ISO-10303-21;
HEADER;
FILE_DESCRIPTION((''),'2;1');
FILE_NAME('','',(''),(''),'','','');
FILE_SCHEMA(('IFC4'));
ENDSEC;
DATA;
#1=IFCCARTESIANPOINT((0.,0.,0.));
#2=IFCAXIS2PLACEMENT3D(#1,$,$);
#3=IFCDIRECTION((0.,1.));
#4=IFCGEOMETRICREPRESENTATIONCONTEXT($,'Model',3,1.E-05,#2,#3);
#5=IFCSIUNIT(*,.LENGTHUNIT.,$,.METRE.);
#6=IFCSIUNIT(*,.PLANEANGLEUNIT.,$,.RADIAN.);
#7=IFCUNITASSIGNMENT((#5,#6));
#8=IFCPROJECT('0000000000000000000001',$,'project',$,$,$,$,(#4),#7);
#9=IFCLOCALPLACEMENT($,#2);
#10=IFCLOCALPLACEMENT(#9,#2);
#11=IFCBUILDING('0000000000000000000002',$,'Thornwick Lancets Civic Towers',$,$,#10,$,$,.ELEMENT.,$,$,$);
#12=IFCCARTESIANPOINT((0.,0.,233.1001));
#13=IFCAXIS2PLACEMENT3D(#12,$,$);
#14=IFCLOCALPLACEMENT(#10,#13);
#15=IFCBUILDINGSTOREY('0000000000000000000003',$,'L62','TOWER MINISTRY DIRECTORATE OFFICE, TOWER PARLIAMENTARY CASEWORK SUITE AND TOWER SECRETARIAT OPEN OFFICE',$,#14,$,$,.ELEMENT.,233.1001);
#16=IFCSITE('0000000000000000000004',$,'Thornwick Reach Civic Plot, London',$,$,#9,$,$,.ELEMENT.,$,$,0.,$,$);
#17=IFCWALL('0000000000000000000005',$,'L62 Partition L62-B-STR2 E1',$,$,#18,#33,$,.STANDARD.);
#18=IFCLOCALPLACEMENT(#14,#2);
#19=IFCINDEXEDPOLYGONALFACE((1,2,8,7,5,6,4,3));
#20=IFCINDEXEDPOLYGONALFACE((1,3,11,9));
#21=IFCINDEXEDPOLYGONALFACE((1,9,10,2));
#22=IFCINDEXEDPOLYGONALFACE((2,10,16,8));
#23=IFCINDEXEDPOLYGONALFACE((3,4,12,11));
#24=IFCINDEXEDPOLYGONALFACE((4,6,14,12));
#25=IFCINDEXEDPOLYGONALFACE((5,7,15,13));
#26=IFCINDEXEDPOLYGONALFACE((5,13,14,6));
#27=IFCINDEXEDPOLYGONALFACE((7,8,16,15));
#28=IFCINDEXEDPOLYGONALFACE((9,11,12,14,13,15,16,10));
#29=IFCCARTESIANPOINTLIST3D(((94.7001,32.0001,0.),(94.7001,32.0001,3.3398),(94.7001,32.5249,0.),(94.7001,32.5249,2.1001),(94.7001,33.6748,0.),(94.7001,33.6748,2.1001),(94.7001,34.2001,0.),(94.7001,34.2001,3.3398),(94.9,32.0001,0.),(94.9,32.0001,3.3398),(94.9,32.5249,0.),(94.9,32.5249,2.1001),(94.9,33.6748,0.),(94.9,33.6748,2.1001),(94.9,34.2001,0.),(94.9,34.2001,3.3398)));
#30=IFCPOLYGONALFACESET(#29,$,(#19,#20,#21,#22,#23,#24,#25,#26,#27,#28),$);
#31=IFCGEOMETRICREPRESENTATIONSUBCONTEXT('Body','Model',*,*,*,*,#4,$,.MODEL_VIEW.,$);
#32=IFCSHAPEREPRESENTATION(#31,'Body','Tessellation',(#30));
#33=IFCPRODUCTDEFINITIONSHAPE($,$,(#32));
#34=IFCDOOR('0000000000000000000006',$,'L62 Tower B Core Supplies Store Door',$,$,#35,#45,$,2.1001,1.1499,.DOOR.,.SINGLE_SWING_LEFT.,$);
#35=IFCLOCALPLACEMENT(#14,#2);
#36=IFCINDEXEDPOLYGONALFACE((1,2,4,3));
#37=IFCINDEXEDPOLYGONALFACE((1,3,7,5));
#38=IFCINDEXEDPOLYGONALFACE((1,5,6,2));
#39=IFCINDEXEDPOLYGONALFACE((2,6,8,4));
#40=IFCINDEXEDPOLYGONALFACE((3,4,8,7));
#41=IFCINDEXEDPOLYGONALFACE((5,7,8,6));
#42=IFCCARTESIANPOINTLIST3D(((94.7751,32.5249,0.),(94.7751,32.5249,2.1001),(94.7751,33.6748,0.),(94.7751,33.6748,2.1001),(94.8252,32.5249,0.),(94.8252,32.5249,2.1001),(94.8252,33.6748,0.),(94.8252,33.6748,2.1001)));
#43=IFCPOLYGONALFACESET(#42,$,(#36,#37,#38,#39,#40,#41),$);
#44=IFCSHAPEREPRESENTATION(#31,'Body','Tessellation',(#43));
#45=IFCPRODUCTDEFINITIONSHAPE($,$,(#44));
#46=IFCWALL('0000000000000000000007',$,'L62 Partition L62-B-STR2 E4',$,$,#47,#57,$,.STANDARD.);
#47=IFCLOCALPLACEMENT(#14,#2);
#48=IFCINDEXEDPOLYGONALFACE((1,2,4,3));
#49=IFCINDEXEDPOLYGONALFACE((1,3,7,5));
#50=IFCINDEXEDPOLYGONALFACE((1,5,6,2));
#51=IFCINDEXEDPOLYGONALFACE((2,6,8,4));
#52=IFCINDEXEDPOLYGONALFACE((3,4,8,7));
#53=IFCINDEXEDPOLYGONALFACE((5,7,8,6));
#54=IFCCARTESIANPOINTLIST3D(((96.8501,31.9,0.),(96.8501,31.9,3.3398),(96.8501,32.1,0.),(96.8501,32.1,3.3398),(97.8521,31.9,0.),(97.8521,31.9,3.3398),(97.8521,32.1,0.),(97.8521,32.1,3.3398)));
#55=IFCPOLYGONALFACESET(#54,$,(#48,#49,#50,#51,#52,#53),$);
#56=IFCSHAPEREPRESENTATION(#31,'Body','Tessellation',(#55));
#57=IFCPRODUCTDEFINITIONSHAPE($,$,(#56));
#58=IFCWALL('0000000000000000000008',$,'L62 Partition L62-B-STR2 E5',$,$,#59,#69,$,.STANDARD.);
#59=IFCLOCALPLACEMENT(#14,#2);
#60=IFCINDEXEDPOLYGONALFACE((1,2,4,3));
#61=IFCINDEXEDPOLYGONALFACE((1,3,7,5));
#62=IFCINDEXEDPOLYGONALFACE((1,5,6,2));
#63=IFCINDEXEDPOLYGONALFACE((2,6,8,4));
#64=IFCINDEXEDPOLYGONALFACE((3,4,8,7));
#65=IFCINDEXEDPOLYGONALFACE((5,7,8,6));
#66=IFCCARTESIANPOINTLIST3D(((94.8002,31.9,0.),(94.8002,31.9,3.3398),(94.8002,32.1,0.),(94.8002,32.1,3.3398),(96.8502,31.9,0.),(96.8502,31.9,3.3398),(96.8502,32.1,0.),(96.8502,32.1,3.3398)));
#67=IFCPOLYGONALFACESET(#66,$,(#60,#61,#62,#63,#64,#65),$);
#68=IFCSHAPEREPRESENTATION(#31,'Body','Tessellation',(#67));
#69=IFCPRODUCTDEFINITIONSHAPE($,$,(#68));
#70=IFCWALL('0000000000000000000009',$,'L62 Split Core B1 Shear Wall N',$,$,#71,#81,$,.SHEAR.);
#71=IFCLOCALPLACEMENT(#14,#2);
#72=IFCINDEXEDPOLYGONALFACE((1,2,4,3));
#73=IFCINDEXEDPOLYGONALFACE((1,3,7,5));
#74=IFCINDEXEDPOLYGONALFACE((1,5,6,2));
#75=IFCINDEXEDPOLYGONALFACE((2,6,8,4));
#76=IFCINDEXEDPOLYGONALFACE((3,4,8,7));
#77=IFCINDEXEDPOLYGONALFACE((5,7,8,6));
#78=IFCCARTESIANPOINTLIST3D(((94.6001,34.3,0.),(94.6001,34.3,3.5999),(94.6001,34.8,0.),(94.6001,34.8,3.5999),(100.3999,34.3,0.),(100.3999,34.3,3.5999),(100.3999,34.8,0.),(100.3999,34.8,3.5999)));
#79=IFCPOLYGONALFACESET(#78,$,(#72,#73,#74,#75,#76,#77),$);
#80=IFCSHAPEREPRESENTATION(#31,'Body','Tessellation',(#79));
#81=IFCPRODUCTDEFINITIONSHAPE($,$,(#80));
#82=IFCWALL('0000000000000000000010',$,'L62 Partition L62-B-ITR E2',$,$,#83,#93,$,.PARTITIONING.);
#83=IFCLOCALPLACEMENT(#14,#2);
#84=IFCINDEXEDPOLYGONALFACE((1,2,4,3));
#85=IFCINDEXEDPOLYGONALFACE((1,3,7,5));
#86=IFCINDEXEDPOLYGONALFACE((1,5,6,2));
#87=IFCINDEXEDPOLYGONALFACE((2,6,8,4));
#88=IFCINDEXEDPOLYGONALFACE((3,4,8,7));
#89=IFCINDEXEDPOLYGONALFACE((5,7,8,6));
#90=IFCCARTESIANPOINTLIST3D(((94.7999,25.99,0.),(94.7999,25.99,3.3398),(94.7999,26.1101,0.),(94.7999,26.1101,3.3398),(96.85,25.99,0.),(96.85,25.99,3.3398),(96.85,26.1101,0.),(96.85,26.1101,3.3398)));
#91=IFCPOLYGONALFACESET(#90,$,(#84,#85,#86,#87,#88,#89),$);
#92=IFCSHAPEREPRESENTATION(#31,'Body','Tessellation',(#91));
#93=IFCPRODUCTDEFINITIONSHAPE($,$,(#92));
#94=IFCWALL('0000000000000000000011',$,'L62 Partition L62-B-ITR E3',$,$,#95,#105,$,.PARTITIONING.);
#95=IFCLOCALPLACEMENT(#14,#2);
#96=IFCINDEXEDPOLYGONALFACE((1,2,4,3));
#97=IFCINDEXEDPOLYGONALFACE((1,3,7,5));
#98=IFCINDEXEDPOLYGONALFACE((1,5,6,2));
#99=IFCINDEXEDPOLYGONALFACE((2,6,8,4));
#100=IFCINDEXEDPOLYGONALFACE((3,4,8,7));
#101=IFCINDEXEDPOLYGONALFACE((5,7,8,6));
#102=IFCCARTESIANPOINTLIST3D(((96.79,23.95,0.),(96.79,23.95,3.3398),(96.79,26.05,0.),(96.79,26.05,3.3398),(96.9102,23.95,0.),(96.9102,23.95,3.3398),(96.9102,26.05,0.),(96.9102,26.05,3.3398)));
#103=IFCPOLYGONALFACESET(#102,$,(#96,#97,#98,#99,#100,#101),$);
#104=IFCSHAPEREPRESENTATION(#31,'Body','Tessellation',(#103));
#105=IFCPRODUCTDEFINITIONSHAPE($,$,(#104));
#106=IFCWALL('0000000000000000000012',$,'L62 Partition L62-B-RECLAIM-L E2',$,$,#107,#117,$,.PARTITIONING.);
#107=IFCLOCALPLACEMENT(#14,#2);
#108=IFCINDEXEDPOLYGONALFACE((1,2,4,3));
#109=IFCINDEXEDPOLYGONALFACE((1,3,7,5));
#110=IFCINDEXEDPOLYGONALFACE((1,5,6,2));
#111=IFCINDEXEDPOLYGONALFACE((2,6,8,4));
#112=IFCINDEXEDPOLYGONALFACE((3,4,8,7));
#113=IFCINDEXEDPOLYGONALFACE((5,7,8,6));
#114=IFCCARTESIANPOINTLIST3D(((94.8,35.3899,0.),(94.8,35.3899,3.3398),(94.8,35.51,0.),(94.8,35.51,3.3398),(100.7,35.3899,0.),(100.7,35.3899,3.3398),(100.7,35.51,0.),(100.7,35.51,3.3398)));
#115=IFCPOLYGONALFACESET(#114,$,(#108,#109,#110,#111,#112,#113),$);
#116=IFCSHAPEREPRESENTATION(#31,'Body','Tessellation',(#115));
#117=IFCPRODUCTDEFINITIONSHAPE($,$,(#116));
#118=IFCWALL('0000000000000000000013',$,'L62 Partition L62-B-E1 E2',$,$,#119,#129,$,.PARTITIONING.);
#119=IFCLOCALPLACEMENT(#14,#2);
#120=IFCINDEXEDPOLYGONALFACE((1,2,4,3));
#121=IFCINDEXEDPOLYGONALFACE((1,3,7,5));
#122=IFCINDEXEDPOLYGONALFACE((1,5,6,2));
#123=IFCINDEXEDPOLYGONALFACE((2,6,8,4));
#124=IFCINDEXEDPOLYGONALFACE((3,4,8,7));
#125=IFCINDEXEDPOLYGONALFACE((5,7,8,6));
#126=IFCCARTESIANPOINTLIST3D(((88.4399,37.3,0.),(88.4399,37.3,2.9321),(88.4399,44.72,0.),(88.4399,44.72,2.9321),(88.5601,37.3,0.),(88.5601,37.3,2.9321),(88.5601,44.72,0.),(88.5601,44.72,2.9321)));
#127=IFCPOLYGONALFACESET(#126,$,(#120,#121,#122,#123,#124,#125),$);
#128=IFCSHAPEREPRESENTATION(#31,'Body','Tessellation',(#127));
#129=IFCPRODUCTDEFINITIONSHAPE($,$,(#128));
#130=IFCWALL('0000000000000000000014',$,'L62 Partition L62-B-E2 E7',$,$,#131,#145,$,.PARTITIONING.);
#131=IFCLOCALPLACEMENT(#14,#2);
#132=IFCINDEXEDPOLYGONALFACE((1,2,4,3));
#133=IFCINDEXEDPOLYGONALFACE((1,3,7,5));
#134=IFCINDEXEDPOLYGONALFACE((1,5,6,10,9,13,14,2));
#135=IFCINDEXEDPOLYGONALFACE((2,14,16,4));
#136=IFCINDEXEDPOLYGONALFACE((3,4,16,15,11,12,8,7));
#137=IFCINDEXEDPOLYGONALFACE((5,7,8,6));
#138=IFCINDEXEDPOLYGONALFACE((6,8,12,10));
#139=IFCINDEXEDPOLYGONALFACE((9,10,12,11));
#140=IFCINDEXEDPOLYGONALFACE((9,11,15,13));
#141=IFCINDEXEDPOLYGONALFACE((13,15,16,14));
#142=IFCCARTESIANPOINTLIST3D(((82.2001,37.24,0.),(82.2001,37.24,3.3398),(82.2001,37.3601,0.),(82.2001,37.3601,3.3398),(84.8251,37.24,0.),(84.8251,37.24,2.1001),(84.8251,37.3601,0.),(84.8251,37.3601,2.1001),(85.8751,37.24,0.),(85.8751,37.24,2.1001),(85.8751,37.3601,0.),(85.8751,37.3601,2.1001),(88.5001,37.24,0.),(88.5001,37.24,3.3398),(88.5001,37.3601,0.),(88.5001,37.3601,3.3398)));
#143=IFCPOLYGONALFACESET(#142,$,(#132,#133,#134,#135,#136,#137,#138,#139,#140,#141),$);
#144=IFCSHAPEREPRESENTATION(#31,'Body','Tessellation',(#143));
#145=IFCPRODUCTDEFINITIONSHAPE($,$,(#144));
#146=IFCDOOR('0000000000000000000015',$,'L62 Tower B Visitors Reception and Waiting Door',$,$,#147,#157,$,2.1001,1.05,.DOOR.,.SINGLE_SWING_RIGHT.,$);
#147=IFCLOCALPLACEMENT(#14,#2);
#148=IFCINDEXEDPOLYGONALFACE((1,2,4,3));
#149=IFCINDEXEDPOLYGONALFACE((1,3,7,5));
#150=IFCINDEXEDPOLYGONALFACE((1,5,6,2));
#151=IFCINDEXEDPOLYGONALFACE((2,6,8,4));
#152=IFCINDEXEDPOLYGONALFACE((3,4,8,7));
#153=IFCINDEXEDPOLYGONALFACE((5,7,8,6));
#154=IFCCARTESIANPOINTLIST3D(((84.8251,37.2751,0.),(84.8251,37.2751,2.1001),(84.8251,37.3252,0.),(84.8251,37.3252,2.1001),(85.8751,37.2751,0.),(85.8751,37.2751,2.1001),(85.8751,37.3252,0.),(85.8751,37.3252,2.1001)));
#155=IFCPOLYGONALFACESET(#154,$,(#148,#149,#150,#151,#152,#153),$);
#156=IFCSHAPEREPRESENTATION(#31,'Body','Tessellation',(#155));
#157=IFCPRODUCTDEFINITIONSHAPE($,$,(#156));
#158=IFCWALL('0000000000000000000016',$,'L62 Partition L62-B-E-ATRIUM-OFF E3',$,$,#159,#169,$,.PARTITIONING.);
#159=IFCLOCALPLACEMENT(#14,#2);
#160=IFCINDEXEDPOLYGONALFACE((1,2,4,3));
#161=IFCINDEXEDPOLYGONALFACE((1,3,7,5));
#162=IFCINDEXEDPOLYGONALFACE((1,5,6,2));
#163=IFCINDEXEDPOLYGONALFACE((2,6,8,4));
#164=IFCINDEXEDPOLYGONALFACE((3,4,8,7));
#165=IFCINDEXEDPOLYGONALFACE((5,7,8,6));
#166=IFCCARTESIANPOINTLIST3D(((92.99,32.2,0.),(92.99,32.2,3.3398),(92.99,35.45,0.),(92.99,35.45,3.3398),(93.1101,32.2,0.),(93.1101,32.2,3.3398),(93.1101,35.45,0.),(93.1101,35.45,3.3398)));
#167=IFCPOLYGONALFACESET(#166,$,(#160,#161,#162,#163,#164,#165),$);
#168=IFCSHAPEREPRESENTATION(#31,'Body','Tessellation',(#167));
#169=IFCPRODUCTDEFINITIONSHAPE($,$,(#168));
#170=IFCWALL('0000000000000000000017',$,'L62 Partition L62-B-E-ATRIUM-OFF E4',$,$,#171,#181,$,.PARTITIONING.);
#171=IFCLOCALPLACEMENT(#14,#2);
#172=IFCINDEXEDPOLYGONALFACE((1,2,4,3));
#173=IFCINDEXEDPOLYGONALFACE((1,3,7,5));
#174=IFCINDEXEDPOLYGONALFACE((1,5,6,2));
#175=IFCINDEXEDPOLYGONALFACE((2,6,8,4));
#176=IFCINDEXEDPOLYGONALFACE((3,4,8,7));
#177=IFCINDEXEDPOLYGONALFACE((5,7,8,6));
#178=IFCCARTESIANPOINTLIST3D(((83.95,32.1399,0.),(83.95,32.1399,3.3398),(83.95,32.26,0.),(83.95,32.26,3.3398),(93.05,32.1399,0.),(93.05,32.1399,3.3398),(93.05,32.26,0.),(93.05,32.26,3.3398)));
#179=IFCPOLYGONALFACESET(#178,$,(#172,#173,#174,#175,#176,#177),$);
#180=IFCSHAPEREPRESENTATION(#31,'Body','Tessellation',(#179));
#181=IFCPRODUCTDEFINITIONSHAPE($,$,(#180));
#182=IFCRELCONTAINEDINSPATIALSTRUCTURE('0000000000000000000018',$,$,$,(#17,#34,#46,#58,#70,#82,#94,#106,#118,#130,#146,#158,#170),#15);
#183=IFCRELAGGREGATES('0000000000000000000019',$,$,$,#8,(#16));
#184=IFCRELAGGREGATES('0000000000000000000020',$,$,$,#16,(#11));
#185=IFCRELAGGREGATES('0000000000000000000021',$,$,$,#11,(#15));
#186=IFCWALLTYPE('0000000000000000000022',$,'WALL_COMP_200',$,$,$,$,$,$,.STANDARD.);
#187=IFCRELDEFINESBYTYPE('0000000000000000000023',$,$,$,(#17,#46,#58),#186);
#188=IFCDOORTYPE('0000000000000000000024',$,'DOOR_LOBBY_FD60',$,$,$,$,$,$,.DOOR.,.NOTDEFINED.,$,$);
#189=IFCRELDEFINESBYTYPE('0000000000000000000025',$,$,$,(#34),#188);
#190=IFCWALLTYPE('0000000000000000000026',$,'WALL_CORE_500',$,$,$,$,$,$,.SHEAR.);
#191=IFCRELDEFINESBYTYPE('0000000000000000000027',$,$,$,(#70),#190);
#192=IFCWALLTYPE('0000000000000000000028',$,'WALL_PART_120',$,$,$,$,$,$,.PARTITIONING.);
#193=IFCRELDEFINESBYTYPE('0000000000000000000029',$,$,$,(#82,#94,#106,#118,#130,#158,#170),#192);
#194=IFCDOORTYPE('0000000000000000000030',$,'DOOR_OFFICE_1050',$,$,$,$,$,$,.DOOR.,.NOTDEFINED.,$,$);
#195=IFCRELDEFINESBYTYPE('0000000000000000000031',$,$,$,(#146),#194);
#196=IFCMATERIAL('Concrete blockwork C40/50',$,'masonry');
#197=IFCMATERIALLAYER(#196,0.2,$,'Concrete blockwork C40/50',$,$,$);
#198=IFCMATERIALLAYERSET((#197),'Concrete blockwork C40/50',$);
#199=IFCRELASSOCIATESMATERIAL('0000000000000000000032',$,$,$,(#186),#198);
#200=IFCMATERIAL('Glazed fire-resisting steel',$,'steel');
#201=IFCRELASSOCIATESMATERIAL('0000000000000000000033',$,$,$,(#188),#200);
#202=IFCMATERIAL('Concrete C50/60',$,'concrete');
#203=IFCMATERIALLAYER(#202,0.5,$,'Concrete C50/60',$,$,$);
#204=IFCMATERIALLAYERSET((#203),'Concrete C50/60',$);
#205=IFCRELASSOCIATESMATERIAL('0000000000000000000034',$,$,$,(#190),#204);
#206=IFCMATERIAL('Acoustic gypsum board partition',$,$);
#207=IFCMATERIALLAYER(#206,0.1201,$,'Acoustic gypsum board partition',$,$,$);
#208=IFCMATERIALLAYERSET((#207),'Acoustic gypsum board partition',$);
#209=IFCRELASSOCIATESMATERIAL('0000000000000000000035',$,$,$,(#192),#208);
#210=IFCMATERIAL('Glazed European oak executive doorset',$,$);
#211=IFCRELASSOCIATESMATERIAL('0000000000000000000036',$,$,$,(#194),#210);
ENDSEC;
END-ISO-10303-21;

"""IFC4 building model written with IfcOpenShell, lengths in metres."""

from ifc_helpers import new_model, si_unit, direction, frame, frame_2d, origin, place, context, subcontext, project, spatial, rectangle, extrude, material, layer, layer_set, type_object, element, fill, save


model = new_model("IFC4")

# Units and contexts
model_context = context("Model", 3, precision=1e-05, world=origin(), true_north=direction((0.0, 1.0)))
body_context = subcontext(model_context, "Body", "Model", "MODEL_VIEW")
ifc_project = project(units=[si_unit("LENGTHUNIT", "METRE"), si_unit("PLANEANGLEUNIT", "RADIAN")], contexts=[model_context])

# Site, building, storey
site_placement = place(None, origin())
site = spatial("IfcSite", under=ifc_project, at=site_placement, Name="Thornwick Reach Civic Plot, London", CompositionType="ELEMENT", RefElevation=0.0)
building_placement = place(site_placement, origin())
building = spatial("IfcBuilding", under=site, at=building_placement, Name="Thornwick Lancets Civic Towers", CompositionType="ELEMENT")
storey_placement = place(building_placement, frame((0.0, 0.0, 233.1001)))
storey = spatial("IfcBuildingStorey", under=building, at=storey_placement, Name="L62", Description="TOWER MINISTRY DIRECTORATE OFFICE, TOWER PARLIAMENTARY CASEWORK SUITE AND TOWER SECRETARIAT OPEN OFFICE", CompositionType="ELEMENT", Elevation=233.1001)

# Shared definitions
ifc_material_1 = material(Name="Concrete C50/60", Category="concrete")

# Shared definitions
ifc_material_2 = material(Name="Concrete blockwork C40/50", Category="masonry")
ifc_layer_1 = layer(ifc_material_2, 0.2, Name="Concrete blockwork C40/50")
ifc_layer_set_1 = layer_set([ifc_layer_1], Name="Concrete blockwork C40/50")
wall_type_1 = type_object("IfcWallType", Name="WALL_COMP_200", PredefinedType="STANDARD", material=ifc_layer_set_1)

# Wall, opening, door
wall_1_placement = place(storey_placement, frame((94.8, 32.0, 0.0), z_axis=(0.0, 0.0, 1.0), x_axis=(0.0, 1.0, 0.0)))
wall_1 = element("IfcWall", 1, at=wall_1_placement, inside=storey, type_object=wall_type_1, Name="L62 Partition L62-B-STR2 E1", PredefinedType="STANDARD", context=body_context, shape_type="SweptSolid", body=[
    extrude(rectangle(XDim=2.2, YDim=0.2, at=frame_2d((1.1001, 0.0))), origin(), (0.0, 0.0, 1.0), 3.3398),
])
opening_1_placement = place(wall_1_placement, frame((0.5249, 0.0, 0.0)))
opening_1 = element("IfcOpeningElement", 2, at=opening_1_placement, cuts=wall_1, PredefinedType="OPENING", context=body_context, shape_type="SweptSolid", body=[
    extrude(rectangle(XDim=1.1499, YDim=2.1001, at=frame_2d((0.575, 1.05))), frame((0.0, 0.1099, 0.0), z_axis=(0.0, -1.0, 0.0), x_axis=(1.0, 0.0, 0.0)), (0.0, 0.0, 1.0), 0.22),
])
ifc_material_3 = material(Name="Glazed fire-resisting steel", Category="steel")
door_type_1 = type_object("IfcDoorType", Name="DOOR_LOBBY_FD60", OperationType="NOTDEFINED", PredefinedType="DOOR", material=ifc_material_3)
door_1_placement = place(opening_1_placement, origin())
door_1 = element("IfcDoor", 3, at=door_1_placement, inside=storey, type_object=door_type_1, Name="L62 Tower B Core Supplies Store Door", OperationType="SINGLE_SWING_LEFT", OverallHeight=2.1001, OverallWidth=1.1499, PredefinedType="DOOR", context=body_context, shape_type="SweptSolid", body=[
    extrude(rectangle(XDim=1.1499, YDim=2.1001, at=frame_2d((0.575, 1.05))), frame((0.0, 0.0249, 0.0), z_axis=(0.0, -1.0, 0.0), x_axis=(1.0, 0.0, 0.0)), (0.0, 0.0, 1.0), 0.05),
])
fill(opening_1, door_1)

# Walls
wall_2_placement = place(storey_placement, frame((97.8521, 32.0, 0.0), z_axis=(0.0, 0.0, 1.0), x_axis=(-1.0, 0.0, 0.0)))
element("IfcWall", 4, at=wall_2_placement, inside=storey, type_object=wall_type_1, Name="L62 Partition L62-B-STR2 E4", PredefinedType="STANDARD", context=body_context, shape_type="SweptSolid", body=[
    extrude(rectangle(XDim=1.002, YDim=0.2, at=frame_2d((0.501, 0.0))), origin(), (0.0, 0.0, 1.0), 3.3398),
])
wall_3_placement = place(storey_placement, frame((96.8501, 32.0, 0.0), z_axis=(0.0, 0.0, 1.0), x_axis=(-1.0, 0.0, 0.0)))
element("IfcWall", 5, at=wall_3_placement, inside=storey, type_object=wall_type_1, Name="L62 Partition L62-B-STR2 E5", PredefinedType="STANDARD", context=body_context, shape_type="SweptSolid", body=[
    extrude(rectangle(XDim=2.05, YDim=0.2, at=frame_2d((1.0249, 0.0))), origin(), (0.0, 0.0, 1.0), 3.3398),
])
ifc_layer_2 = layer(ifc_material_1, 0.5, Name="Concrete C50/60")
ifc_layer_set_2 = layer_set([ifc_layer_2], Name="Concrete C50/60")
wall_type_2 = type_object("IfcWallType", Name="WALL_CORE_500", PredefinedType="SHEAR", material=ifc_layer_set_2)
wall_4_placement = place(storey_placement, frame((94.6001, 34.55, 0.0), z_axis=(0.0, 0.0, 1.0), x_axis=(1.0, 0.0, 0.0)))
element("IfcWall", 6, at=wall_4_placement, inside=storey, type_object=wall_type_2, Name="L62 Split Core B1 Shear Wall N", PredefinedType="SHEAR", context=body_context, shape_type="SweptSolid", body=[
    extrude(rectangle(XDim=5.7998, YDim=0.5, at=frame_2d((2.8999, 0.0))), origin(), (0.0, 0.0, 1.0), 3.5999),
])
ifc_material_4 = material(Name="Acoustic gypsum board partition")
ifc_layer_3 = layer(ifc_material_4, 0.1201, Name="Acoustic gypsum board partition")
ifc_layer_set_3 = layer_set([ifc_layer_3], Name="Acoustic gypsum board partition")
wall_type_3 = type_object("IfcWallType", Name="WALL_PART_120", PredefinedType="PARTITIONING", material=ifc_layer_set_3)
wall_5_placement = place(storey_placement, frame((94.8, 26.05, 0.0), z_axis=(0.0, 0.0, 1.0), x_axis=(1.0, 0.0, 0.0)))
element("IfcWall", 7, at=wall_5_placement, inside=storey, type_object=wall_type_3, Name="L62 Partition L62-B-ITR E2", PredefinedType="PARTITIONING", context=body_context, shape_type="SweptSolid", body=[
    extrude(rectangle(XDim=2.05, YDim=0.1201, at=frame_2d((1.0249, 0.0))), origin(), (0.0, 0.0, 1.0), 3.3398),
])
wall_6_placement = place(storey_placement, frame((96.8501, 26.05, 0.0), z_axis=(0.0, 0.0, 1.0), x_axis=(0.0, -1.0, 0.0)))
element("IfcWall", 8, at=wall_6_placement, inside=storey, type_object=wall_type_3, Name="L62 Partition L62-B-ITR E3", PredefinedType="PARTITIONING", context=body_context, shape_type="SweptSolid", body=[
    extrude(rectangle(XDim=2.1001, YDim=0.1201, at=frame_2d((1.05, 0.0))), origin(), (0.0, 0.0, 1.0), 3.3398),
])
wall_7_placement = place(storey_placement, frame((94.8, 35.45, 0.0), z_axis=(0.0, 0.0, 1.0), x_axis=(1.0, 0.0, 0.0)))
element("IfcWall", 9, at=wall_7_placement, inside=storey, type_object=wall_type_3, Name="L62 Partition L62-B-RECLAIM-L E2", PredefinedType="PARTITIONING", context=body_context, shape_type="SweptSolid", body=[
    extrude(rectangle(XDim=5.8999, YDim=0.1201, at=frame_2d((2.95, 0.0))), origin(), (0.0, 0.0, 1.0), 3.3398),
])
wall_8_placement = place(storey_placement, frame((88.5, 37.3, 0.0), z_axis=(0.0, 0.0, 1.0), x_axis=(0.0, 1.0, 0.0)))
element("IfcWall", 10, at=wall_8_placement, inside=storey, type_object=wall_type_3, Name="L62 Partition L62-B-E1 E2", PredefinedType="PARTITIONING", context=body_context, shape_type="SweptSolid", body=[
    extrude(rectangle(XDim=7.4199, YDim=0.1201, at=frame_2d((3.71, 0.0))), origin(), (0.0, 0.0, 1.0), 2.9321),
])

# Wall, opening, door
wall_9_placement = place(storey_placement, frame((88.5, 37.3, 0.0), z_axis=(0.0, 0.0, 1.0), x_axis=(-1.0, 0.0, 0.0)))
wall_9 = element("IfcWall", 11, at=wall_9_placement, inside=storey, type_object=wall_type_3, Name="L62 Partition L62-B-E2 E7", PredefinedType="PARTITIONING", context=body_context, shape_type="SweptSolid", body=[
    extrude(rectangle(XDim=6.3, YDim=0.1201, at=frame_2d((3.1499, 0.0))), origin(), (0.0, 0.0, 1.0), 3.3398),
])
opening_2_placement = place(wall_9_placement, frame((2.625, 0.0, 0.0)))
opening_2 = element("IfcOpeningElement", 12, at=opening_2_placement, cuts=wall_9, PredefinedType="OPENING", context=body_context, shape_type="SweptSolid", body=[
    extrude(rectangle(XDim=1.05, YDim=2.1001, at=frame_2d((0.5249, 1.05))), frame((0.0, 0.0701, 0.0), z_axis=(0.0, -1.0, 0.0), x_axis=(1.0, 0.0, 0.0)), (0.0, 0.0, 1.0), 0.1401),
])
ifc_material_5 = material(Name="Glazed European oak executive doorset")
door_type_2 = type_object("IfcDoorType", Name="DOOR_OFFICE_1050", OperationType="NOTDEFINED", PredefinedType="DOOR", material=ifc_material_5)
door_2_placement = place(opening_2_placement, origin())
door_2 = element("IfcDoor", 13, at=door_2_placement, inside=storey, type_object=door_type_2, Name="L62 Tower B Visitors Reception and Waiting Door", OperationType="SINGLE_SWING_RIGHT", OverallHeight=2.1001, OverallWidth=1.05, PredefinedType="DOOR", context=body_context, shape_type="SweptSolid", body=[
    extrude(rectangle(XDim=1.05, YDim=2.1001, at=frame_2d((0.5249, 1.05))), frame((0.0, 0.0249, 0.0), z_axis=(0.0, -1.0, 0.0), x_axis=(1.0, 0.0, 0.0)), (0.0, 0.0, 1.0), 0.05),
])
fill(opening_2, door_2)

# Walls
wall_10_placement = place(storey_placement, frame((93.05, 35.45, 0.0), z_axis=(0.0, 0.0, 1.0), x_axis=(0.0, -1.0, 0.0)))
element("IfcWall", 14, at=wall_10_placement, inside=storey, type_object=wall_type_3, Name="L62 Partition L62-B-E-ATRIUM-OFF E3", PredefinedType="PARTITIONING", context=body_context, shape_type="SweptSolid", body=[
    extrude(rectangle(XDim=3.25, YDim=0.1201, at=frame_2d((1.625, 0.0))), origin(), (0.0, 0.0, 1.0), 3.3398),
])
wall_11_placement = place(storey_placement, frame((93.05, 32.2, 0.0), z_axis=(0.0, 0.0, 1.0), x_axis=(-1.0, 0.0, 0.0)))
element("IfcWall", 15, at=wall_11_placement, inside=storey, type_object=wall_type_3, Name="L62 Partition L62-B-E-ATRIUM-OFF E4", PredefinedType="PARTITIONING", context=body_context, shape_type="SweptSolid", body=[
    extrude(rectangle(XDim=9.1001, YDim=0.1201, at=frame_2d((4.55, 0.0))), origin(), (0.0, 0.0, 1.0), 3.3398),
])

save(model, "model.ifc")
